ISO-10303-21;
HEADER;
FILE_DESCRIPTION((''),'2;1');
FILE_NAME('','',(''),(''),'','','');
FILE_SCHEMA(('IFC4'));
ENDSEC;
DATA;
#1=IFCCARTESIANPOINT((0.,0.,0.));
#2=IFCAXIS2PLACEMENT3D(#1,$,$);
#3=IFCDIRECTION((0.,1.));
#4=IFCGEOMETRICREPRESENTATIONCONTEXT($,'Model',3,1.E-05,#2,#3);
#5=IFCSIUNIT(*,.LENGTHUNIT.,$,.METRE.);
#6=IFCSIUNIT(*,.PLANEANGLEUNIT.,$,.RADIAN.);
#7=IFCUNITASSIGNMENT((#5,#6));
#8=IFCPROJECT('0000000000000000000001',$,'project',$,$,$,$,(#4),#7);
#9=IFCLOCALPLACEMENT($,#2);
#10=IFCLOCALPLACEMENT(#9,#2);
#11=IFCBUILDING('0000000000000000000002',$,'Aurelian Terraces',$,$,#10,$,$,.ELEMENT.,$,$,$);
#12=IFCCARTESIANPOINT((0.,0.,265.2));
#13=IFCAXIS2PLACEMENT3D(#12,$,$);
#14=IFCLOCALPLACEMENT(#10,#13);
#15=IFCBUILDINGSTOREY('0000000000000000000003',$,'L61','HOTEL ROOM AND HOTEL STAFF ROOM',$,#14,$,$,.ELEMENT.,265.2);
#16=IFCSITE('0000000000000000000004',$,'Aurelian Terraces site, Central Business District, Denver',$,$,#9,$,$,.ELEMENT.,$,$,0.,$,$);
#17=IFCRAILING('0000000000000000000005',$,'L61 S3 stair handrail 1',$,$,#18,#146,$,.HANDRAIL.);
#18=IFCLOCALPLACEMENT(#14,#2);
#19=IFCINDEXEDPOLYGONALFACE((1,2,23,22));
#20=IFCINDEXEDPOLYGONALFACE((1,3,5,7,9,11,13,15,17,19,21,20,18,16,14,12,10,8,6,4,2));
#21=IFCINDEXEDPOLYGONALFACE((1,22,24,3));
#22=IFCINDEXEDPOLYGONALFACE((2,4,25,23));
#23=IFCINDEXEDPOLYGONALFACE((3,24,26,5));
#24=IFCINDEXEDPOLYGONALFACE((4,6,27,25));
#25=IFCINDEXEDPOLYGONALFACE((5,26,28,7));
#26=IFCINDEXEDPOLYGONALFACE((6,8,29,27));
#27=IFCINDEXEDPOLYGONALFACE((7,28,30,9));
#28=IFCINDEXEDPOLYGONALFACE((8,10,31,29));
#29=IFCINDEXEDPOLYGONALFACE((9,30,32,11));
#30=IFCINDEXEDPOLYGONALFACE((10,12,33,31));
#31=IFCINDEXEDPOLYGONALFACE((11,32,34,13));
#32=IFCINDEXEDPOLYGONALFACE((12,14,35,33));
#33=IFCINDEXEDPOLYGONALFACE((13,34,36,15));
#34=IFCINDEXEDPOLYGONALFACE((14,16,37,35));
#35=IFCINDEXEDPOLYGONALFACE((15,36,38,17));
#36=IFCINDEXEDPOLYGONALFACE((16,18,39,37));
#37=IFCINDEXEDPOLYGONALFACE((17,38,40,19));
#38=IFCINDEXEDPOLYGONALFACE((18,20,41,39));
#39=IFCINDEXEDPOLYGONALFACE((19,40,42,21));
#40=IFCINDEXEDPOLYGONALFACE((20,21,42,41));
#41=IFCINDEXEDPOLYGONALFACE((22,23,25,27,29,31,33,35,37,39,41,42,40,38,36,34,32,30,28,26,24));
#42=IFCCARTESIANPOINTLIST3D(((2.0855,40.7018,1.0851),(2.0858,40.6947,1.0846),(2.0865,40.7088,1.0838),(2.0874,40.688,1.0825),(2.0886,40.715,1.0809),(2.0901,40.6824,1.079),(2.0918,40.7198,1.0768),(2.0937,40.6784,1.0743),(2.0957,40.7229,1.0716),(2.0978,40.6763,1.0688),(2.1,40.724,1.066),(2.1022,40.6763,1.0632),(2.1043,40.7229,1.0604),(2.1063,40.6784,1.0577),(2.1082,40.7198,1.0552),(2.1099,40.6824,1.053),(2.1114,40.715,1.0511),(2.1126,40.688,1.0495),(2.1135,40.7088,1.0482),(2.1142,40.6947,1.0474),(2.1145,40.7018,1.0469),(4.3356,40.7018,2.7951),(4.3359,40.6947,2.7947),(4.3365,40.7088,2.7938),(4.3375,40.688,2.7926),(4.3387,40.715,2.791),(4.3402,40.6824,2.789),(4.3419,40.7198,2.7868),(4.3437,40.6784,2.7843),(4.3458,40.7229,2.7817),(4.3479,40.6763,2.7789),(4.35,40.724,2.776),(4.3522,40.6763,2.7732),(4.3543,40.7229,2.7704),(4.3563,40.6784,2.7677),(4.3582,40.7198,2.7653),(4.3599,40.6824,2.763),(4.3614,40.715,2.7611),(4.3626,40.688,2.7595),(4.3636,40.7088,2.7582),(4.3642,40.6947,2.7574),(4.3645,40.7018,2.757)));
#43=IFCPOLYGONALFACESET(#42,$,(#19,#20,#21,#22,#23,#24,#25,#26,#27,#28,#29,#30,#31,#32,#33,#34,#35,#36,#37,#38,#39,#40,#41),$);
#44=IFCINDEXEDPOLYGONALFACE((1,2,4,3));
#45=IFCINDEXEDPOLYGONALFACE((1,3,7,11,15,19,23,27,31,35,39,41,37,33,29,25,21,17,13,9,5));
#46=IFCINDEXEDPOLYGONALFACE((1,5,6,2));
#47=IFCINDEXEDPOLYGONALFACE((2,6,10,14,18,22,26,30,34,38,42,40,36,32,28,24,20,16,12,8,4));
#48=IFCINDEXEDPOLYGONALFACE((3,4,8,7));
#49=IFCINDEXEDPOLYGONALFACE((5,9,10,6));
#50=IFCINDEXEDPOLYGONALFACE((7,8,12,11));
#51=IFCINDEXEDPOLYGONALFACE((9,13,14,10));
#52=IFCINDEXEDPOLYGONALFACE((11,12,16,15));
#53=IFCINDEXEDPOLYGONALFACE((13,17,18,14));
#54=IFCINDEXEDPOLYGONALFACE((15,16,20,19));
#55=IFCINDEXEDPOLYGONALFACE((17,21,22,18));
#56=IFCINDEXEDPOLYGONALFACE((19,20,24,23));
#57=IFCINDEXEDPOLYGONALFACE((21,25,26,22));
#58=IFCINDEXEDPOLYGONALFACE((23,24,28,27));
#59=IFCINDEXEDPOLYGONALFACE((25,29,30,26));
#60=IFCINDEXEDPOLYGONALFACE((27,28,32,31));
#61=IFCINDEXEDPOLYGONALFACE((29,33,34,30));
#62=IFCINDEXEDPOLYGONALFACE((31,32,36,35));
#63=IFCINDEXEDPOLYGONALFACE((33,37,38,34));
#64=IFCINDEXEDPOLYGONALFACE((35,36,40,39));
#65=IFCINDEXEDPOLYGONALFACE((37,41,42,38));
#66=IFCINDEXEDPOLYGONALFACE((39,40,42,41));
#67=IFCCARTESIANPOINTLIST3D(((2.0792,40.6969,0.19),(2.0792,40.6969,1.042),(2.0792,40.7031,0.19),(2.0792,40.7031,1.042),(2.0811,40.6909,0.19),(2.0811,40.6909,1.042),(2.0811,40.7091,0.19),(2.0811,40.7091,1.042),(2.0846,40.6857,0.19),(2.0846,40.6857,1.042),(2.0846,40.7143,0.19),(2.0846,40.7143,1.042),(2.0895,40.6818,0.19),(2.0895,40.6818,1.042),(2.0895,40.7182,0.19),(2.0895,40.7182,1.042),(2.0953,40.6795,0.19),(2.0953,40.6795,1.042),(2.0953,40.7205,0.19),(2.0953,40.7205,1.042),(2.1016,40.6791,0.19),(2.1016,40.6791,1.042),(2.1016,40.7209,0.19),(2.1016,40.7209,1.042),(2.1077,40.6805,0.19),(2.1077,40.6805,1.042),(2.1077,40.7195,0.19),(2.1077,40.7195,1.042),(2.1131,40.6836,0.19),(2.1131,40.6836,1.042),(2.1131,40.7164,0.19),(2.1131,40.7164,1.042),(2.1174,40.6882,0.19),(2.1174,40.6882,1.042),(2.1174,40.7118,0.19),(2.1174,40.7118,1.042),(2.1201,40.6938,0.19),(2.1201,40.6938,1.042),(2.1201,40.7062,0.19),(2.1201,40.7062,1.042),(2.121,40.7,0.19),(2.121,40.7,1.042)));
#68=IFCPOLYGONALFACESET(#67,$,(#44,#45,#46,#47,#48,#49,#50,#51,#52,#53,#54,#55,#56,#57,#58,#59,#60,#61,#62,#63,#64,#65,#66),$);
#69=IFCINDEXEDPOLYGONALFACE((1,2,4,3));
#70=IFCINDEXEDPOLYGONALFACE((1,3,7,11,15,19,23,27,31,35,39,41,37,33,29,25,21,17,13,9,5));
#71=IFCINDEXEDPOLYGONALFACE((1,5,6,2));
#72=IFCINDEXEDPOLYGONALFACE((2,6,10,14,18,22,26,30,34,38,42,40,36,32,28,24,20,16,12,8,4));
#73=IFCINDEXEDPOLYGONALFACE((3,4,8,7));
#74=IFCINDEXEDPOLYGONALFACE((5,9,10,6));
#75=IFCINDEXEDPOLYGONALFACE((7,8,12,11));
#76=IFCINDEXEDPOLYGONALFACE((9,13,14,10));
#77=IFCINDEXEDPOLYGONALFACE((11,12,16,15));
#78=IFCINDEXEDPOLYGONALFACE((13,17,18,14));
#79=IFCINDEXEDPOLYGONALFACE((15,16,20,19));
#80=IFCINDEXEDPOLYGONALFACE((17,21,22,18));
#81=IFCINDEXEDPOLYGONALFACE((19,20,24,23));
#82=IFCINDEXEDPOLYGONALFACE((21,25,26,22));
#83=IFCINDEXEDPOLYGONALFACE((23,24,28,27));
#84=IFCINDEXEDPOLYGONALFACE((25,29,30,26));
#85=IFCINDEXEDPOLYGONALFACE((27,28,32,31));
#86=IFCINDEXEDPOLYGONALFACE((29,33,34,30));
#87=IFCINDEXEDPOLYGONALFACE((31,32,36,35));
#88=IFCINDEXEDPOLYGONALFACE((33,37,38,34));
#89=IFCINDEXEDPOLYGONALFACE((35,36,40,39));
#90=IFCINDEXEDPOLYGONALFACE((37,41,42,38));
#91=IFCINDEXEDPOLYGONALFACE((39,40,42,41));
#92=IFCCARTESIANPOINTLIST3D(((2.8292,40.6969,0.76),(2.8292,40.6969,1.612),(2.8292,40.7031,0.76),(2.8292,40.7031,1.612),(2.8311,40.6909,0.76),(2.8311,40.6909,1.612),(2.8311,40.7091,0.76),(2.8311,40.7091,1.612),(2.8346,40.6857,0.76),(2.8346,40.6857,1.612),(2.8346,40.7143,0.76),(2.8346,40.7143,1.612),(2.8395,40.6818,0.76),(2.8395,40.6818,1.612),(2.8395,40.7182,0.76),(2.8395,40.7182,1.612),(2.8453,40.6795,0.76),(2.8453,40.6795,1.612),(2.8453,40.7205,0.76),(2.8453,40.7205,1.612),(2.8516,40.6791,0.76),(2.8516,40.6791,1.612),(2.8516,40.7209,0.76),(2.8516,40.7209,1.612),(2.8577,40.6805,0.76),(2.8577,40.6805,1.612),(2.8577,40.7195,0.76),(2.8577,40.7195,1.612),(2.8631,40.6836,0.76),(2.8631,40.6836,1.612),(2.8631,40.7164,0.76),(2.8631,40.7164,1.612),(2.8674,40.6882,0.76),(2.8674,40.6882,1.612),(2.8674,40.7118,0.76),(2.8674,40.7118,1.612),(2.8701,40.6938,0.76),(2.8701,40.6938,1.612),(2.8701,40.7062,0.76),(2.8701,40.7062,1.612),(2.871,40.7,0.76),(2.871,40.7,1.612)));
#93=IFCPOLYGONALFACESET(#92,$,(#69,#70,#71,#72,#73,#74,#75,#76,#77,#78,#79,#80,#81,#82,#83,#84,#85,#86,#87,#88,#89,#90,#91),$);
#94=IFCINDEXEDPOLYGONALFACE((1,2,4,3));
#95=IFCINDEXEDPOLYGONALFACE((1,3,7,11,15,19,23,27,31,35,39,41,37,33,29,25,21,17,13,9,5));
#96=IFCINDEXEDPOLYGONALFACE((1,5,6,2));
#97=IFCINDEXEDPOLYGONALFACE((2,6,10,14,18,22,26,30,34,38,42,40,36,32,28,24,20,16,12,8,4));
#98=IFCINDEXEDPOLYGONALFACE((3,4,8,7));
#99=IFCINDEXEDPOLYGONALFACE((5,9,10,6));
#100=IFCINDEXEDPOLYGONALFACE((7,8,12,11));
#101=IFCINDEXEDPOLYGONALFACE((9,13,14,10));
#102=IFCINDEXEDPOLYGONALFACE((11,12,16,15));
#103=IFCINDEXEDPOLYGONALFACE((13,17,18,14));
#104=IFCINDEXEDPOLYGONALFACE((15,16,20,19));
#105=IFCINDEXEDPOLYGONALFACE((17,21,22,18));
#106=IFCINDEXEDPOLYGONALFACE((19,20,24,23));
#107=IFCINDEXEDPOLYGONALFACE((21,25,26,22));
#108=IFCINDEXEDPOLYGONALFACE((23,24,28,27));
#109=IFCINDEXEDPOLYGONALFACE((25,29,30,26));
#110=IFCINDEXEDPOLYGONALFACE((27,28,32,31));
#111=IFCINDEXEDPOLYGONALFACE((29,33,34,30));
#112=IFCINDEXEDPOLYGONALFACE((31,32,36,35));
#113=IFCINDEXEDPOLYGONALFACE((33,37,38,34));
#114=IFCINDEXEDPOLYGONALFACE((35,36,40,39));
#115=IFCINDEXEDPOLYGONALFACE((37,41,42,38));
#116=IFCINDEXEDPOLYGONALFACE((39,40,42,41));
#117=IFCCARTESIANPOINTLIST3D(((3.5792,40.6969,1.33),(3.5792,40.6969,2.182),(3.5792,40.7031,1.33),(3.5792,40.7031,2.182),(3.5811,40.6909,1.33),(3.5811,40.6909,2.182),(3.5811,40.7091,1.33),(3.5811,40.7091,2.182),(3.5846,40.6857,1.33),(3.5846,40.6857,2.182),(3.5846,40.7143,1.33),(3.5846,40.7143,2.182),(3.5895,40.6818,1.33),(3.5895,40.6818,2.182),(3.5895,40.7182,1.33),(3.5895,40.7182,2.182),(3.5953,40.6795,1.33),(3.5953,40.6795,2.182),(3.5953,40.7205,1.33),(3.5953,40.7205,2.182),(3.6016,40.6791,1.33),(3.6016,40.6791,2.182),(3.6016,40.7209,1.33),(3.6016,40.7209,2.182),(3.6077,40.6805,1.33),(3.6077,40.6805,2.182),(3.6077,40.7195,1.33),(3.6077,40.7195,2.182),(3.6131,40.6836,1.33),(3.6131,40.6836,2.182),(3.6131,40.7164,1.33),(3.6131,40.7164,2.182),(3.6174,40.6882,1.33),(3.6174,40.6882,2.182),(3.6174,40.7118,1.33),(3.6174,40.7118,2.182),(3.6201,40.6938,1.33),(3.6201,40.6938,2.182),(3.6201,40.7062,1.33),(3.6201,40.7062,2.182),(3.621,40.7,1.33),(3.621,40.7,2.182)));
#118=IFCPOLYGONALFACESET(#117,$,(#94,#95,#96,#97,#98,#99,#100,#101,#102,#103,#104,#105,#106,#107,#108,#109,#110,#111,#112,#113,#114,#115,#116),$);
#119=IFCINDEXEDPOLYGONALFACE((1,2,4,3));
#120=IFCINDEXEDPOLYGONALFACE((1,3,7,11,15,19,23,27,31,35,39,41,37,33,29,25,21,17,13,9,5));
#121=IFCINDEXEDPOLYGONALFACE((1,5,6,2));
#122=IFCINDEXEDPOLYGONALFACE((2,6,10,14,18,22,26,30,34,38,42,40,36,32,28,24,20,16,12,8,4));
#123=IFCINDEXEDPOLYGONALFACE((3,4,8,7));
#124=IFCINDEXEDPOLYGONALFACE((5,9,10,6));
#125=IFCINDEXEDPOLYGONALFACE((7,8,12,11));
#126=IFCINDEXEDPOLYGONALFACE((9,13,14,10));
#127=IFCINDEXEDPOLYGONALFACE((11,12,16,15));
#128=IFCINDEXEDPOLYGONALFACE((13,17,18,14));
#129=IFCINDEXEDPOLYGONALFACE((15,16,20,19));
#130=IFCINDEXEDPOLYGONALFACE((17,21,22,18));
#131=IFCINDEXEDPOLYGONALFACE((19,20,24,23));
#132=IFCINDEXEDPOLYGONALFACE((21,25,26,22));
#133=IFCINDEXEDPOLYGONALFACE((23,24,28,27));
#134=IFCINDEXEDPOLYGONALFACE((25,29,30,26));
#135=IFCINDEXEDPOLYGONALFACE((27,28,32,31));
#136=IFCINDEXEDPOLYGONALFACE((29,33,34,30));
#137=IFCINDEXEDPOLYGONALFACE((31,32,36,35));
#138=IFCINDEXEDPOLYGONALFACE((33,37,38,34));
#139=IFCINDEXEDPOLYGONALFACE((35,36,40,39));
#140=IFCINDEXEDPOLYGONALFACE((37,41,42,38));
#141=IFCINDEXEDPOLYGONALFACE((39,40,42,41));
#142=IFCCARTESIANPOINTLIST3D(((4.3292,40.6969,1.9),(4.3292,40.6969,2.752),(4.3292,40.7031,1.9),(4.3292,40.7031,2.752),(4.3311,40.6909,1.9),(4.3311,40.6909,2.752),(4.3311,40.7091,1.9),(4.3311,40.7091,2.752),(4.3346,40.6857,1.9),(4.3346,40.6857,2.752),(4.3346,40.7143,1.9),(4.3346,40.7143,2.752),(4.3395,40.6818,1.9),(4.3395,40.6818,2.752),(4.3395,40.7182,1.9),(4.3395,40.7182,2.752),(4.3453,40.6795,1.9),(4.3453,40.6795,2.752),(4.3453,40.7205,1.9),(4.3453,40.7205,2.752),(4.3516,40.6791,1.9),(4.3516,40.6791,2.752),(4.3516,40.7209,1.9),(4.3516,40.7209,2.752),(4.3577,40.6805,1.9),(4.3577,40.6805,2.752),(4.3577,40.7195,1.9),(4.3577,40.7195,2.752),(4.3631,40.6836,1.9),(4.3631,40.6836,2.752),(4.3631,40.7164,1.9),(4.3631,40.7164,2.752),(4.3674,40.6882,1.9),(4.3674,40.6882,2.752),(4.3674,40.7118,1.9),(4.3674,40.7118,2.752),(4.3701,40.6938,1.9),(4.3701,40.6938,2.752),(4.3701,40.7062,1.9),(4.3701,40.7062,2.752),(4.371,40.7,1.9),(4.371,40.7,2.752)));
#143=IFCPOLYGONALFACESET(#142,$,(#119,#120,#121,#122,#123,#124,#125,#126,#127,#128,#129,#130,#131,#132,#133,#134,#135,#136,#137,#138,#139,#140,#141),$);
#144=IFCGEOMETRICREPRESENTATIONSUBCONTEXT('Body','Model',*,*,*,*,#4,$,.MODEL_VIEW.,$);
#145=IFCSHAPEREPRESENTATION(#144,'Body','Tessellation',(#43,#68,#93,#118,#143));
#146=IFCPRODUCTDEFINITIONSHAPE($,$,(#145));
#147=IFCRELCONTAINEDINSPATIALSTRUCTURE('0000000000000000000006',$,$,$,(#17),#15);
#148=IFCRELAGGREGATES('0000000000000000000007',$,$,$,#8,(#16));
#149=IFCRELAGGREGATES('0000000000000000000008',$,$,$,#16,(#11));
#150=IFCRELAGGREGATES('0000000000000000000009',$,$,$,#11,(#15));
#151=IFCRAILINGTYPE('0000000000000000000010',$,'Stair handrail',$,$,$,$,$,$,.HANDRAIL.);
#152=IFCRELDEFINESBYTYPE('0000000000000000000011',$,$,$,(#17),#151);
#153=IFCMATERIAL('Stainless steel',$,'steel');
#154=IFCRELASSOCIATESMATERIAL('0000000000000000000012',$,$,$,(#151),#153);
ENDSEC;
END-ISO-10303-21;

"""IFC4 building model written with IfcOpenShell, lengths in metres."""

from ifc_helpers import new_model, si_unit, direction, frame, origin, origin_2d, place, context, subcontext, project, spatial, circle, extrude, source, transform, mapped, material, type_object, element, save


model = new_model("IFC4")

# Units and contexts
model_context = context("Model", 3, precision=1e-05, world=origin(), true_north=direction((0.0, 1.0)))
body_context = subcontext(model_context, "Body", "Model", "MODEL_VIEW")
ifc_project = project(units=[si_unit("LENGTHUNIT", "METRE"), si_unit("PLANEANGLEUNIT", "RADIAN")], contexts=[model_context])

# Site, building, storey
site_placement = place(None, origin())
site = spatial("IfcSite", under=ifc_project, at=site_placement, Name="Aurelian Terraces site, Central Business District, Denver", CompositionType="ELEMENT", RefElevation=0.0)
building_placement = place(site_placement, origin())
building = spatial("IfcBuilding", under=site, at=building_placement, Name="Aurelian Terraces", CompositionType="ELEMENT")
storey_placement = place(building_placement, frame((0.0, 0.0, 265.2)))
storey = spatial("IfcBuildingStorey", under=building, at=storey_placement, Name="L61", Description="HOTEL ROOM AND HOTEL STAFF ROOM", CompositionType="ELEMENT", Elevation=265.2)

# Railing
ifc_material_1 = material(Name="Stainless steel", Category="steel")
railing_type_1 = type_object("IfcRailingType", Name="Stair handrail", PredefinedType="HANDRAIL", material=ifc_material_1)
shared_shape_1 = source(origin(), body_context, "Body", "SweptSolid", [
    extrude(circle(Radius=0.024, at=origin_2d()), frame((0.0, 0.0, 0.876), z_axis=(0.796162, 0.0, 0.605083), x_axis=(0.0, 1.0, 0.0)), (0.0, 0.0, 1.0), 2.8261),
    extrude(circle(Radius=0.021, at=origin_2d()), origin(), (0.0, 0.0, 1.0), 0.852),
    extrude(circle(Radius=0.021, at=origin_2d()), frame((0.75, 0.0, 0.57)), (0.0, 0.0, 1.0), 0.852),
    extrude(circle(Radius=0.021, at=origin_2d()), frame((1.5, 0.0, 1.14)), (0.0, 0.0, 1.0), 0.852),
    extrude(circle(Radius=0.021, at=origin_2d()), frame((2.25, 0.0, 1.71)), (0.0, 0.0, 1.0), 0.852),
])
railing_1_placement = place(storey_placement, frame((2.1, 40.7, 0.19)))
element("IfcRailing", 1, at=railing_1_placement, inside=storey, type_object=railing_type_1, Name="L61 S3 stair handrail 1", PredefinedType="HANDRAIL", context=body_context, shape_type="MappedRepresentation", body=[
    mapped(shared_shape_1, transform((0.0, 0.0, 0.0), scale=1.0)),
])

save(model, "model.ifc")
